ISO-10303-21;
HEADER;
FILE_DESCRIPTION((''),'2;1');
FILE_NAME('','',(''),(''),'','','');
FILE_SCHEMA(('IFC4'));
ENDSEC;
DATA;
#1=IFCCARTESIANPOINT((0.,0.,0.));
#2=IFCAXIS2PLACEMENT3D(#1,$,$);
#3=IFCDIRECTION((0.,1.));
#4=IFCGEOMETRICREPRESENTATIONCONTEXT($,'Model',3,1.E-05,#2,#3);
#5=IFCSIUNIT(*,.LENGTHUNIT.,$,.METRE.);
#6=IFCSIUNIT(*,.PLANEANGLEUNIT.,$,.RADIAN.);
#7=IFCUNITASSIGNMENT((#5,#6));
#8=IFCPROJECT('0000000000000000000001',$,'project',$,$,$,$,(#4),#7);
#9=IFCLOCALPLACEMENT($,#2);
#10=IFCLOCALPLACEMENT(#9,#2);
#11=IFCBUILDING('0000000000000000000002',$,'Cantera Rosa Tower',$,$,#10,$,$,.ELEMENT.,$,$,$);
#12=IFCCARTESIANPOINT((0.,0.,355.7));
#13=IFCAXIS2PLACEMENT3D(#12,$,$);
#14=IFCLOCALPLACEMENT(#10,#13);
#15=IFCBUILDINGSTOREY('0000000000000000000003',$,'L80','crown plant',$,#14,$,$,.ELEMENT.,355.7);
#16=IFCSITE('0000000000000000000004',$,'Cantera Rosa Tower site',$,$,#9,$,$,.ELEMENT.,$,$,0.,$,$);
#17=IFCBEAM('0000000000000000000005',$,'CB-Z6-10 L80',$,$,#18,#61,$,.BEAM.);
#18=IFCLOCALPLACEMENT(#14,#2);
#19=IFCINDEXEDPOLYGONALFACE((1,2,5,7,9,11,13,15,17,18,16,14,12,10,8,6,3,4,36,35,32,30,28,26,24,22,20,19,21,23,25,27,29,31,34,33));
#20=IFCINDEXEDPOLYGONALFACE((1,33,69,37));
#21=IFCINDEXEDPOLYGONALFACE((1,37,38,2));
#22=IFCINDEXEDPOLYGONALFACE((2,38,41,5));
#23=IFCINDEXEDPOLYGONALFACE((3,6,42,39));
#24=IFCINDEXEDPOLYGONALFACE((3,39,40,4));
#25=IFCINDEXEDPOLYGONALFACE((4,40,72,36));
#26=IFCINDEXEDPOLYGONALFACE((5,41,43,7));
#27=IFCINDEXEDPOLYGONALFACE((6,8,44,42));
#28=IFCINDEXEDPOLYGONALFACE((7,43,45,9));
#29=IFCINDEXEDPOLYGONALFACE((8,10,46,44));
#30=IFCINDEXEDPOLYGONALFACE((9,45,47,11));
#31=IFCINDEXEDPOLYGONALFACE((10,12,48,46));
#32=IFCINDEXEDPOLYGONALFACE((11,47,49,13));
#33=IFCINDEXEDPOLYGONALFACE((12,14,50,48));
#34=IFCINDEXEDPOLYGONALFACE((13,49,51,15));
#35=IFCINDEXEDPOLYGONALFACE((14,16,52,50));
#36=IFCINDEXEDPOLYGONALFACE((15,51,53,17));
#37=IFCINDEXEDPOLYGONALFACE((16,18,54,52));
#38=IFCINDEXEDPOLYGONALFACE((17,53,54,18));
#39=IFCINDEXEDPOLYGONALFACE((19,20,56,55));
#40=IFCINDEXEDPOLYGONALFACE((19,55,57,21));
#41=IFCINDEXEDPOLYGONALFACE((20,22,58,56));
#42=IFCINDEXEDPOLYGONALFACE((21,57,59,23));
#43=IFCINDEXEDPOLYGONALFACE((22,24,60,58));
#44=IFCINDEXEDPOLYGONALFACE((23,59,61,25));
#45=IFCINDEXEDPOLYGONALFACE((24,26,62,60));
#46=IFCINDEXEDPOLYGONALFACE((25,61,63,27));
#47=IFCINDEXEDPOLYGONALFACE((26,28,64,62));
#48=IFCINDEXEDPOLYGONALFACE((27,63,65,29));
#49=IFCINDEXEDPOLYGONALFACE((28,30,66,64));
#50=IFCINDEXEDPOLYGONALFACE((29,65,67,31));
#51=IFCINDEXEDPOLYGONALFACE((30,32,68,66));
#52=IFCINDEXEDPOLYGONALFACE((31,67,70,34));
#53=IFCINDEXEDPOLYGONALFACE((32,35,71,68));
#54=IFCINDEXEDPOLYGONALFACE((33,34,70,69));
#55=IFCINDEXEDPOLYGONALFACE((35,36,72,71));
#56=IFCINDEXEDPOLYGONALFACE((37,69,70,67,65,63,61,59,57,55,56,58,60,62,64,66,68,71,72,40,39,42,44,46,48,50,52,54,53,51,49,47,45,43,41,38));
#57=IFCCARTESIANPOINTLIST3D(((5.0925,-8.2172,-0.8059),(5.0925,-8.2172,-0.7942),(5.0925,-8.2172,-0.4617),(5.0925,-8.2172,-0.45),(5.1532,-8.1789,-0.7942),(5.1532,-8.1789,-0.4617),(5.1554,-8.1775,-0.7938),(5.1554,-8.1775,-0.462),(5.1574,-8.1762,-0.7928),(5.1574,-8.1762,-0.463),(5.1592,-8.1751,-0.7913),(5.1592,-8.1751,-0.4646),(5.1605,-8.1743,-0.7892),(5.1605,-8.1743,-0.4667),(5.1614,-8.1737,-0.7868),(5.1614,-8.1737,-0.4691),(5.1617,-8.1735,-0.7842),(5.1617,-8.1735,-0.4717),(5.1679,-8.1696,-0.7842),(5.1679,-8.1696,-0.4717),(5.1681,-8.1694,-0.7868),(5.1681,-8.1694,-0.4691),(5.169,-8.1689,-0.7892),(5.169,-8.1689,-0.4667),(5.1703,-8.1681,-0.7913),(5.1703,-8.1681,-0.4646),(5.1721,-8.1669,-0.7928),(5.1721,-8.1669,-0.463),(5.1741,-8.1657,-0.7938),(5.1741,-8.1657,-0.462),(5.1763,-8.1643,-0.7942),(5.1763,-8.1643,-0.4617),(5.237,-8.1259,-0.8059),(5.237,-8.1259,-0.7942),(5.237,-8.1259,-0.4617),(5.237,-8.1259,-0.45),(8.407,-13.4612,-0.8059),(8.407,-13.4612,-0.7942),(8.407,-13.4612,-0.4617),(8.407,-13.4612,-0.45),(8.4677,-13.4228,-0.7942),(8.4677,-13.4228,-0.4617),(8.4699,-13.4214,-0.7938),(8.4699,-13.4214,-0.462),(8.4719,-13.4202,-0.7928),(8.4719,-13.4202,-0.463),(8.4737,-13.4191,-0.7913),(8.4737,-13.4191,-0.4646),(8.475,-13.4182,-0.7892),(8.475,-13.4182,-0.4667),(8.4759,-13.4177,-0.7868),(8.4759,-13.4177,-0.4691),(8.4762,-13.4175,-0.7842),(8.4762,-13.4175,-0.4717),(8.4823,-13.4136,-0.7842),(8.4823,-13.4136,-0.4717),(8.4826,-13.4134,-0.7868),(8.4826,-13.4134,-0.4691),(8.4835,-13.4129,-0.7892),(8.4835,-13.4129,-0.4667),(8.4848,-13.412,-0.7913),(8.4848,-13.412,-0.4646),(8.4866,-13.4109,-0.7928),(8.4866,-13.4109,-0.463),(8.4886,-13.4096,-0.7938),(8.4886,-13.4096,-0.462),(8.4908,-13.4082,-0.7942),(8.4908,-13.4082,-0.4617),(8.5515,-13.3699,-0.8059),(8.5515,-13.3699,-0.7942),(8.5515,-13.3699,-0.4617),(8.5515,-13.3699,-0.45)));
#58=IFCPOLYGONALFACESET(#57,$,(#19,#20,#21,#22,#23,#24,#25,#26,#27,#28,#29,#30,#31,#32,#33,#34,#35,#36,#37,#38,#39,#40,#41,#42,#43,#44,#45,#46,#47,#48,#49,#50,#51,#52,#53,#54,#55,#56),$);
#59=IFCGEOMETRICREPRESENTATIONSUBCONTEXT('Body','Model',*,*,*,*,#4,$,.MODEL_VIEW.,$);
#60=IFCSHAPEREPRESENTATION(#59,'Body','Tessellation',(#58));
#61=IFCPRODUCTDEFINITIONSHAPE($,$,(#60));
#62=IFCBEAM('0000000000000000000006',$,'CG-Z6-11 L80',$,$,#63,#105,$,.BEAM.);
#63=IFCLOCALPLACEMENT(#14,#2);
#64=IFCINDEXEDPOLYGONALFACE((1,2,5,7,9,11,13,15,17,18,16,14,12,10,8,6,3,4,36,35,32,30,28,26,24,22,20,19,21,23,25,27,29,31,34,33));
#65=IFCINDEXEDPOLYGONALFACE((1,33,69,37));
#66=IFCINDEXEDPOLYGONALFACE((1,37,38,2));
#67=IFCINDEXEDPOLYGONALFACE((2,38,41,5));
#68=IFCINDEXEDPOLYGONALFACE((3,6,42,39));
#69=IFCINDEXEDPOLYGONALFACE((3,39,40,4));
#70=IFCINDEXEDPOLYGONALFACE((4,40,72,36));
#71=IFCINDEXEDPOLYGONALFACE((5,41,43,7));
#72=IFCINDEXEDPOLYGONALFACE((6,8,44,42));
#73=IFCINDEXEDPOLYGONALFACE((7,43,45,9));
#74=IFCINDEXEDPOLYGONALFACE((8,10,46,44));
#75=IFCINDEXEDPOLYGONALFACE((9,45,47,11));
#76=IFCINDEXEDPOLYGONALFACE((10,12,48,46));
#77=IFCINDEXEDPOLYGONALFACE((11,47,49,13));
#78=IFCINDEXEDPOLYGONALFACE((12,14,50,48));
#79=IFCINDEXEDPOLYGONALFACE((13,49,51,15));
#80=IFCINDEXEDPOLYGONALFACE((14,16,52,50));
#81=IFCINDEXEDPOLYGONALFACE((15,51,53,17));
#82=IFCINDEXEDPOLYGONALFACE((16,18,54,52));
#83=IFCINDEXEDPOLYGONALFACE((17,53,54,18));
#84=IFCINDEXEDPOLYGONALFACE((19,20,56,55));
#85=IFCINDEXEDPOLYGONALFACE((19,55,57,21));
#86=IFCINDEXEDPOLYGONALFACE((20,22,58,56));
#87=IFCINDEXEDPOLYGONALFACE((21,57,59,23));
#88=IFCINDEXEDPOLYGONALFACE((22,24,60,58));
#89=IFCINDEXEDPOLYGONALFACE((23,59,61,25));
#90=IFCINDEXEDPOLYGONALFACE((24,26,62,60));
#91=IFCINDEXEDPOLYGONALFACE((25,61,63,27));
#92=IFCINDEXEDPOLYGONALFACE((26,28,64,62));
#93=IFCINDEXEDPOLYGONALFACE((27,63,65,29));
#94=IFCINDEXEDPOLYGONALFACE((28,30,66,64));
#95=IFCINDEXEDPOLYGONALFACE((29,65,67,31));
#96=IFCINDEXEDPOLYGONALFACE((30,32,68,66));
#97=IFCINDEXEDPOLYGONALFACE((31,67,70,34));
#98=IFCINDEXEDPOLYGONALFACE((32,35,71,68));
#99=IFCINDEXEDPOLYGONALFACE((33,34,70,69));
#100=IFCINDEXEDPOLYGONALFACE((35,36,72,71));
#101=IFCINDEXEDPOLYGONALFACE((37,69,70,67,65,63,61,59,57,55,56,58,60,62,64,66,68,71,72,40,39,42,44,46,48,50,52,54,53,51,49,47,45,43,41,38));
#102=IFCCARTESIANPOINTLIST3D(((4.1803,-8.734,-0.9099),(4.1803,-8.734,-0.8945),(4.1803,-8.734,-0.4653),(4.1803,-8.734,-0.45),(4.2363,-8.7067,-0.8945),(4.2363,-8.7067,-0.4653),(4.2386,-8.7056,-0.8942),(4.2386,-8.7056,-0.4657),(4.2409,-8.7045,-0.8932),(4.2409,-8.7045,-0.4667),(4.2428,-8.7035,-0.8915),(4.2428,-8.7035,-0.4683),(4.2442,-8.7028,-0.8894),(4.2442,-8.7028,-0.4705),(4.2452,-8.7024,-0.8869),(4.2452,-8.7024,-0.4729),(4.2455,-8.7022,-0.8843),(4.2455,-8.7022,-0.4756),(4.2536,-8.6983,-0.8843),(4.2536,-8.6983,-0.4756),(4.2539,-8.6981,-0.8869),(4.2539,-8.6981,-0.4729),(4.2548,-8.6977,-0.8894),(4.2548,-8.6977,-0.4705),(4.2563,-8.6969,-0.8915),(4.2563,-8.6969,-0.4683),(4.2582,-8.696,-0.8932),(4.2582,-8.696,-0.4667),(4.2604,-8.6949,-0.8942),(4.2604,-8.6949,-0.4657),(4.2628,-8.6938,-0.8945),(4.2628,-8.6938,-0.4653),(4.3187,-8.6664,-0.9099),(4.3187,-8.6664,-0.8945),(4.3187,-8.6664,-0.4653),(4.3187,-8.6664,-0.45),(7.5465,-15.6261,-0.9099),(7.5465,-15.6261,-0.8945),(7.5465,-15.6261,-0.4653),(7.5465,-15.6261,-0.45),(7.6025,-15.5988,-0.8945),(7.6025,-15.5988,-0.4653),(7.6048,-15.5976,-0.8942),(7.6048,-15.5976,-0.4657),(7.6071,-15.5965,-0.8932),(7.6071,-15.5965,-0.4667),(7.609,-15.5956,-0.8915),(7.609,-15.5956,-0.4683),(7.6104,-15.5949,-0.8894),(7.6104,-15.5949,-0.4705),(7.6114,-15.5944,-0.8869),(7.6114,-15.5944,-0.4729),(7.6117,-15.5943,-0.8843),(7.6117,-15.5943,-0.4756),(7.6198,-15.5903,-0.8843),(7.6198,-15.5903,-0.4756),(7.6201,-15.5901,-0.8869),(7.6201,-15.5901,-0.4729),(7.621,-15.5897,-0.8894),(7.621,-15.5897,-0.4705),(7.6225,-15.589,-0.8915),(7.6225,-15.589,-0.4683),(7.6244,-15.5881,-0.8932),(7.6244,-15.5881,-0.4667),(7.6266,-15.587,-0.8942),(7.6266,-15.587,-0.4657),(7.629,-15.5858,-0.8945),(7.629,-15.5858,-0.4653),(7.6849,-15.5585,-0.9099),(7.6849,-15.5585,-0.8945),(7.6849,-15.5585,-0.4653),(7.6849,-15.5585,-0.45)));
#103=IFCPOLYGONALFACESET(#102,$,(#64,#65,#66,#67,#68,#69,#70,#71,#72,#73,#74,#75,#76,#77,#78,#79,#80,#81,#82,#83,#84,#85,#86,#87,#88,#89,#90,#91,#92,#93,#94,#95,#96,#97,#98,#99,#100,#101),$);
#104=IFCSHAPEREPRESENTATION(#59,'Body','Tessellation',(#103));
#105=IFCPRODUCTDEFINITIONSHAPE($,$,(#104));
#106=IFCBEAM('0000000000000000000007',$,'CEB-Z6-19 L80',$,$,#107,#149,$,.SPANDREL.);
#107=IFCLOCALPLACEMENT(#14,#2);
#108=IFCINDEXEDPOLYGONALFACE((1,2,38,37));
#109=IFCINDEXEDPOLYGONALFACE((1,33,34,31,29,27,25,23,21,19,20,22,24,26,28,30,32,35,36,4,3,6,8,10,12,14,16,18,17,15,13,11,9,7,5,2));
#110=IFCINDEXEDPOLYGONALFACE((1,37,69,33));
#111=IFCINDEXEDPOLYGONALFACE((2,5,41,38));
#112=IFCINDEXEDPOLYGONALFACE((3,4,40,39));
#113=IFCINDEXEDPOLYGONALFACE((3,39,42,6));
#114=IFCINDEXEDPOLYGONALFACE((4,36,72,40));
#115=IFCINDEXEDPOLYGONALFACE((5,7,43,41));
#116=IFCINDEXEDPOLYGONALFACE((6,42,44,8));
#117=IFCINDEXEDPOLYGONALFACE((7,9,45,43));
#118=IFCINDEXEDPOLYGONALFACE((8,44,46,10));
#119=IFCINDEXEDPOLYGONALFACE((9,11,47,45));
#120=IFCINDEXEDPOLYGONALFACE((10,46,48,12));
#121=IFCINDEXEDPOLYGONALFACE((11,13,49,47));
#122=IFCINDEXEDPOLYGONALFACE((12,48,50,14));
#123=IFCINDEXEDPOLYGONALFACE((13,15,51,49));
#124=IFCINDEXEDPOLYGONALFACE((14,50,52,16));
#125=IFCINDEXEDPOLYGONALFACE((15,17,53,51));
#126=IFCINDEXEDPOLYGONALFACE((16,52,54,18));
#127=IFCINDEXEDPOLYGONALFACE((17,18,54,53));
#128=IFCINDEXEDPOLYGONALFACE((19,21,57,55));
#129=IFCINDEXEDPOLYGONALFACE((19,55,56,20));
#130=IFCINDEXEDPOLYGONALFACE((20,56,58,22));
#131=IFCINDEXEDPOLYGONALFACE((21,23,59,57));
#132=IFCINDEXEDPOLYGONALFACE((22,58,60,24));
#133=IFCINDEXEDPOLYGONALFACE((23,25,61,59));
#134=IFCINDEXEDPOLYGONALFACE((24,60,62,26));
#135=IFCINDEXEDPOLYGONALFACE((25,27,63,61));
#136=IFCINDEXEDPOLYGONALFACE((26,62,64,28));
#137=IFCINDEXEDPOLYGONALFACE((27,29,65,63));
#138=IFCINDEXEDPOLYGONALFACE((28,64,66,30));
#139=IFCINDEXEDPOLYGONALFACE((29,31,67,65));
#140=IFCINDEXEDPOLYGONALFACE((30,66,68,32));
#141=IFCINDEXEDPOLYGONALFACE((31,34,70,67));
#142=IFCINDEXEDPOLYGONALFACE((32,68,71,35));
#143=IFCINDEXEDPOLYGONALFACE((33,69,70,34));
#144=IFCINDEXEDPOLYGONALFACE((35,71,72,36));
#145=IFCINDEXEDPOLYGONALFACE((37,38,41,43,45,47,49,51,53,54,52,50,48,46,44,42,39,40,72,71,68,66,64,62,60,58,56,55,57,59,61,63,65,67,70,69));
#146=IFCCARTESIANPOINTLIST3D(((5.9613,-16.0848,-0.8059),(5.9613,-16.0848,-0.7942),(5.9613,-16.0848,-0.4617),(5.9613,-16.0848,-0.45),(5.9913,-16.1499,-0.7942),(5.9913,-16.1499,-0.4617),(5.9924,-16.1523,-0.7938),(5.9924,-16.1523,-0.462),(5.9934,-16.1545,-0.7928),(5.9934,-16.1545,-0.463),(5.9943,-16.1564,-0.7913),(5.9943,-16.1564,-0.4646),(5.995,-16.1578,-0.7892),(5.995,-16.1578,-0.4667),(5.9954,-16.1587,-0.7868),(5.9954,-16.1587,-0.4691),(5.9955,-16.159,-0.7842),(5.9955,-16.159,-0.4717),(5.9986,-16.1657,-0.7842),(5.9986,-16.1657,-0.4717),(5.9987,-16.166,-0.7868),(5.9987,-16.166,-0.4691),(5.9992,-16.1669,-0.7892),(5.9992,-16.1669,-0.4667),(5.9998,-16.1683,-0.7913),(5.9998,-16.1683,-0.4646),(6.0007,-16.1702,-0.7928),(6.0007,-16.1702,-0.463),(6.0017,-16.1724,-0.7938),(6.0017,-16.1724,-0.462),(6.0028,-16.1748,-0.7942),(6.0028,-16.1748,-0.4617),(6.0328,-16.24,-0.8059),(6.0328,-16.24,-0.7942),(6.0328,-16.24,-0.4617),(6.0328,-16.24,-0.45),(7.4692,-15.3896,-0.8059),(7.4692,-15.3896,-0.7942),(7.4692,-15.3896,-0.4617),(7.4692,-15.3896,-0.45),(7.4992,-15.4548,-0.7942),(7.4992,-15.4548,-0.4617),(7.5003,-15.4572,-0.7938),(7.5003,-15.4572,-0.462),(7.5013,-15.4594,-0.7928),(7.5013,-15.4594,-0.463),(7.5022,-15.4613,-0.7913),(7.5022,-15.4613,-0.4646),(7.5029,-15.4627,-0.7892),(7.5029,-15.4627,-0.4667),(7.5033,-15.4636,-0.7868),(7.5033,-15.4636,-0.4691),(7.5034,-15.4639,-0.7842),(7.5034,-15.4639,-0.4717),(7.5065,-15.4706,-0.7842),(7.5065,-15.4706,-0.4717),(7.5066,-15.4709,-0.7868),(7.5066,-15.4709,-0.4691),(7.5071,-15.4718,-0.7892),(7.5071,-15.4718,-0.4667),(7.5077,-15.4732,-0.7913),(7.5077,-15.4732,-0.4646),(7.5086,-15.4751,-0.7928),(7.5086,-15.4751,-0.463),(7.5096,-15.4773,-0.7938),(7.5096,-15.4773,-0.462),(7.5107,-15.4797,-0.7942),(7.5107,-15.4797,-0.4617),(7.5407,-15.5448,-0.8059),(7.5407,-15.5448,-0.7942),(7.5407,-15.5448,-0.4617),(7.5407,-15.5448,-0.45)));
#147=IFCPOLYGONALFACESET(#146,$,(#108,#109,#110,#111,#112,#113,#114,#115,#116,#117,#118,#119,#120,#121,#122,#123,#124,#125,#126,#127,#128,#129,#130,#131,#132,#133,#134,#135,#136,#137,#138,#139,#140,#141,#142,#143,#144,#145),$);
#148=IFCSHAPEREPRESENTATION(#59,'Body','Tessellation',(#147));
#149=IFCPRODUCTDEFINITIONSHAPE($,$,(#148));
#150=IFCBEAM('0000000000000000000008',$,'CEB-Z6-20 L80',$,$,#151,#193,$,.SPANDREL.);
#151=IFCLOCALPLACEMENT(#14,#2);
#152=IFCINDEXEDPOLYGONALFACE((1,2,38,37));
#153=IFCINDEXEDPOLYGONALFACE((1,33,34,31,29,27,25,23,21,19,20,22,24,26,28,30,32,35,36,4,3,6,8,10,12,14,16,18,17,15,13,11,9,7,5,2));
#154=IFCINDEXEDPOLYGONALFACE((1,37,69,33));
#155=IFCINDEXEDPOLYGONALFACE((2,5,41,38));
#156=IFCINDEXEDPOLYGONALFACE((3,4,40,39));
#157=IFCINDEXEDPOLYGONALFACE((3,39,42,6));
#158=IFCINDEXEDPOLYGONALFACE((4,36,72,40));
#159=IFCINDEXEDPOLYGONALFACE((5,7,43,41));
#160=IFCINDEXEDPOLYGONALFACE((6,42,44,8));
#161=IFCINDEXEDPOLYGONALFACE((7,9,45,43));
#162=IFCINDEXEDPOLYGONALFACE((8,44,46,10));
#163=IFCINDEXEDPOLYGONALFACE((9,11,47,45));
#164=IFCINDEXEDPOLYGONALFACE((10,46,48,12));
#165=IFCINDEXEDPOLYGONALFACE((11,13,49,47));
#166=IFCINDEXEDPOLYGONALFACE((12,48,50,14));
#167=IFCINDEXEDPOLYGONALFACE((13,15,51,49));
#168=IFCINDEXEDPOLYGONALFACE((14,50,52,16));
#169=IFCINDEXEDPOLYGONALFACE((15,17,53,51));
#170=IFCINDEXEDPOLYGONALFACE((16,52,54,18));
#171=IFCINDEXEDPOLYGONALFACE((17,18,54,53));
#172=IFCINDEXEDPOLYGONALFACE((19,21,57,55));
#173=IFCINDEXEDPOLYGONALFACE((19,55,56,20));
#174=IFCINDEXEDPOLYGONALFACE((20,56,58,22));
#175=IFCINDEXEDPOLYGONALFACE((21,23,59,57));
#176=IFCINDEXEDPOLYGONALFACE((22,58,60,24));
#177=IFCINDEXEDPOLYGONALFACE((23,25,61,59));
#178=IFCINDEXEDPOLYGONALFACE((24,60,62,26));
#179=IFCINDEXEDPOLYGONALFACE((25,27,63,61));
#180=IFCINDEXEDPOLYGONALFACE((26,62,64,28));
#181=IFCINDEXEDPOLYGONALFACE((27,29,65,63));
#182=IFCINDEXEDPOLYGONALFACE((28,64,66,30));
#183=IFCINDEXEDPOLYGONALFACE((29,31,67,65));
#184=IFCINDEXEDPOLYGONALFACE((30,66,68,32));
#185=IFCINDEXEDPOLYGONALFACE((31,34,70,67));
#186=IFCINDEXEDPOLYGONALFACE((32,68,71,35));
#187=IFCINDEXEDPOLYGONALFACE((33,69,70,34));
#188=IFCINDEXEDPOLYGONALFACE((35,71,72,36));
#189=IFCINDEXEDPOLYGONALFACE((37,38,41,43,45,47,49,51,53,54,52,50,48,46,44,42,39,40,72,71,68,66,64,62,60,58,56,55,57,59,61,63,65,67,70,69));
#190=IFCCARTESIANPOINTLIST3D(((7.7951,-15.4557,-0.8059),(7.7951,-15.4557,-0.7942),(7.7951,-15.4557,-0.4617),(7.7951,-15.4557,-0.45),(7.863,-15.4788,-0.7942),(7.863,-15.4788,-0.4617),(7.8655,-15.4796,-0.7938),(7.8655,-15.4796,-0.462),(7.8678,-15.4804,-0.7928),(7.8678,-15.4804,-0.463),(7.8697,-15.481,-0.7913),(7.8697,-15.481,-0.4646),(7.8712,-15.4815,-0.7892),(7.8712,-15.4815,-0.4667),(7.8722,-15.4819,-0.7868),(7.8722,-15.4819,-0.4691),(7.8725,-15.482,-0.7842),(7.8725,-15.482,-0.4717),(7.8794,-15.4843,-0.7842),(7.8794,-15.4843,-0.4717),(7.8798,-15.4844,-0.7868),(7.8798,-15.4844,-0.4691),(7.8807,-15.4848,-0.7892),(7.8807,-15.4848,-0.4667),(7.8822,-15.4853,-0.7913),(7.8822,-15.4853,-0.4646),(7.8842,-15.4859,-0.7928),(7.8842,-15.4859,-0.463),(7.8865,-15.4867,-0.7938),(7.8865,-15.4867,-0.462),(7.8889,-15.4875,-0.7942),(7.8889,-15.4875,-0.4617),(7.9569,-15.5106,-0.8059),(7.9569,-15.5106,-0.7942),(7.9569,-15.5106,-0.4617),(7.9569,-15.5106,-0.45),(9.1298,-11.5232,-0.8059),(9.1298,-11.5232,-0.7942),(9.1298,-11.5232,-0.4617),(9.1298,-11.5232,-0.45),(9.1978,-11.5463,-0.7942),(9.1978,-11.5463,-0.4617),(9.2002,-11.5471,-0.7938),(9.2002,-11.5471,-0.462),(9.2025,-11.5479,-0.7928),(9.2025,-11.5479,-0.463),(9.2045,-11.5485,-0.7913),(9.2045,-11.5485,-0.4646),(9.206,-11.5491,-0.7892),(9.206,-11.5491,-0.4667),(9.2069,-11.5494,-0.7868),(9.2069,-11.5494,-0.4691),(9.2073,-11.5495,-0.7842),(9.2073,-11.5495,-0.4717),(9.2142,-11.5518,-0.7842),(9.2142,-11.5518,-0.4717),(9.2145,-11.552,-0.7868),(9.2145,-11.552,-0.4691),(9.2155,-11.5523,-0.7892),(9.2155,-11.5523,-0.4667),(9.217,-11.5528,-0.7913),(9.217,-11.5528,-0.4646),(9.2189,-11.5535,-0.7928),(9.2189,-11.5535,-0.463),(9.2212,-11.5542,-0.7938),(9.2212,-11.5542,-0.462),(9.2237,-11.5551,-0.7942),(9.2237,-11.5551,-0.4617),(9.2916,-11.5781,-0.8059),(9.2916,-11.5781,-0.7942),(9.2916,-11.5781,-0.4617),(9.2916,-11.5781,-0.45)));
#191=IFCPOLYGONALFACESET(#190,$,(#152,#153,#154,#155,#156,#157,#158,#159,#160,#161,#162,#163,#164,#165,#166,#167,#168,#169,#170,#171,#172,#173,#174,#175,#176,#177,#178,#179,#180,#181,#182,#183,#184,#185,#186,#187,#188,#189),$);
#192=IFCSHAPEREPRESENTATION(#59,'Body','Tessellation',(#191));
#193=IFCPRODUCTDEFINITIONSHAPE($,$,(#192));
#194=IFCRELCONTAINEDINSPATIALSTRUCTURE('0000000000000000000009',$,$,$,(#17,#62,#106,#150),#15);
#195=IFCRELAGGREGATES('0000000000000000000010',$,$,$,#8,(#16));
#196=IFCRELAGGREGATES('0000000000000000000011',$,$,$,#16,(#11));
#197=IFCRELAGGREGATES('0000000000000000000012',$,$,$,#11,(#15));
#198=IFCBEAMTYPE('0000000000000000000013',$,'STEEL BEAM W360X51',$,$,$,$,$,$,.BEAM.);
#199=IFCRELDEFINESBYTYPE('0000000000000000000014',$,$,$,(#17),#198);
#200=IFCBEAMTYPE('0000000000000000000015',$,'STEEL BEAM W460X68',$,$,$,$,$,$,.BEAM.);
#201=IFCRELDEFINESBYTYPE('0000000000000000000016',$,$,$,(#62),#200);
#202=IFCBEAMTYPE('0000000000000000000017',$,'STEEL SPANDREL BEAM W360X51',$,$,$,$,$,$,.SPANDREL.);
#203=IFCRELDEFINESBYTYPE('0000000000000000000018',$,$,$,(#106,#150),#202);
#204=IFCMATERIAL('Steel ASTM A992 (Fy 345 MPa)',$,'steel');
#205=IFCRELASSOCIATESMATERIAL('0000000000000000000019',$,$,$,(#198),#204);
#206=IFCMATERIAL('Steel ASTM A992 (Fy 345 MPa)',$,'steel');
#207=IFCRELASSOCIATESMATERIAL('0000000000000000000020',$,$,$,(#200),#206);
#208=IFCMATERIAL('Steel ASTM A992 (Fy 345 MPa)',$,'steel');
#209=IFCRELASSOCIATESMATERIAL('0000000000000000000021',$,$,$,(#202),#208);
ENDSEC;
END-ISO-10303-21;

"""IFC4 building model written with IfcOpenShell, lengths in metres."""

from ifc_helpers import new_model, si_unit, direction, frame, origin, origin_2d, place, context, subcontext, project, spatial, i_section, extrude, material, material_profile, profile_set, type_object, element, save


model = new_model("IFC4")

# Units and contexts
model_context = context("Model", 3, precision=1e-05, world=origin(), true_north=direction((0.0, 1.0)))
body_context = subcontext(model_context, "Body", "Model", "MODEL_VIEW")
ifc_project = project(units=[si_unit("LENGTHUNIT", "METRE"), si_unit("PLANEANGLEUNIT", "RADIAN")], contexts=[model_context])

# Site, building, storey
site_placement = place(None, origin())
site = spatial("IfcSite", under=ifc_project, at=site_placement, Name="Cantera Rosa Tower site", CompositionType="ELEMENT", RefElevation=0.0)
building_placement = place(site_placement, origin())
building = spatial("IfcBuilding", under=site, at=building_placement, Name="Cantera Rosa Tower", CompositionType="ELEMENT")
storey_placement = place(building_placement, frame((0.0, 0.0, 355.7)))
storey = spatial("IfcBuildingStorey", under=building, at=storey_placement, Name="L80", Description="crown plant", CompositionType="ELEMENT", Elevation=355.7)

# Beams
ifc_material_1 = material(Name="Steel ASTM A992 (Fy 345 MPa)", Category="steel")
ifc_material_profile_1 = material_profile(ifc_material_1, i_section(OverallWidth=0.1709, OverallDepth=0.356, WebThickness=0.0073, FlangeThickness=0.0117, FilletRadius=0.01, at=origin_2d()), Name="W360X51")
ifc_profile_set_1 = profile_set([ifc_material_profile_1], Name="Steel ASTM A992 (Fy 345 MPa)")
beam_type_1 = type_object("IfcBeamType", Name="STEEL BEAM W360X51", PredefinedType="BEAM", material=ifc_profile_set_1)
beam_1_placement = place(storey_placement, frame((8.4792, -13.4155, -0.6279), z_axis=(-0.534283, 0.845306, 0.0), x_axis=(-0.845306, -0.534283, 0.0)))
element("IfcBeam", 1, at=beam_1_placement, inside=storey, type_object=beam_type_1, Name="CB-Z6-10 L80", PredefinedType="BEAM", context=body_context, shape_type="SweptSolid", body=[
    extrude(i_section(OverallWidth=0.1709, OverallDepth=0.356, WebThickness=0.0073, FlangeThickness=0.0117, FilletRadius=0.01, at=origin_2d()), origin(), (0.0, 0.0, 1.0), 6.2036),
])
ifc_material_2 = material(Name="Steel ASTM A992 (Fy 345 MPa)", Category="steel")
ifc_material_profile_2 = material_profile(ifc_material_2, i_section(OverallWidth=0.1541, OverallDepth=0.46, WebThickness=0.009, FlangeThickness=0.0154, FilletRadius=0.0103, at=origin_2d()), Name="W460X68")
ifc_profile_set_2 = profile_set([ifc_material_profile_2], Name="Steel ASTM A992 (Fy 345 MPa)")
beam_type_2 = type_object("IfcBeamType", Name="STEEL BEAM W460X68", PredefinedType="BEAM", material=ifc_profile_set_2)
beam_2_placement = place(storey_placement, frame((7.6157, -15.5923, -0.6799), z_axis=(-0.438868, 0.898552, 0.0), x_axis=(-0.898552, -0.438868, 0.0)))
element("IfcBeam", 2, at=beam_2_placement, inside=storey, type_object=beam_type_2, Name="CG-Z6-11 L80", PredefinedType="BEAM", context=body_context, shape_type="SweptSolid", body=[
    extrude(i_section(OverallWidth=0.1541, OverallDepth=0.46, WebThickness=0.009, FlangeThickness=0.0154, FilletRadius=0.0103, at=origin_2d()), origin(), (0.0, 0.0, 1.0), 7.6702),
])
ifc_material_3 = material(Name="Steel ASTM A992 (Fy 345 MPa)", Category="steel")
ifc_material_profile_3 = material_profile(ifc_material_3, i_section(OverallWidth=0.1709, OverallDepth=0.356, WebThickness=0.0073, FlangeThickness=0.0117, FilletRadius=0.01, at=origin_2d()), Name="W360X51")
ifc_profile_set_3 = profile_set([ifc_material_profile_3], Name="Steel ASTM A992 (Fy 345 MPa)")
beam_type_3 = type_object("IfcBeamType", Name="STEEL SPANDREL BEAM W360X51", PredefinedType="SPANDREL", material=ifc_profile_set_3)
beam_3_placement = place(storey_placement, frame((5.9971, -16.1624, -0.6279), z_axis=(0.908153, 0.418639, 0.0), x_axis=(-0.418639, 0.908153, 0.0)))
element("IfcBeam", 3, at=beam_3_placement, inside=storey, type_object=beam_type_3, Name="CEB-Z6-19 L80", PredefinedType="SPANDREL", context=body_context, shape_type="SweptSolid", body=[
    extrude(i_section(OverallWidth=0.1709, OverallDepth=0.356, WebThickness=0.0073, FlangeThickness=0.0117, FilletRadius=0.01, at=origin_2d()), origin(), (0.0, 0.0, 1.0), 1.6604),
])
beam_4_placement = place(storey_placement, frame((7.876, -15.4832, -0.6279), z_axis=(0.321408, 0.946941, 0.0), x_axis=(-0.946941, 0.321408, 0.0)))
element("IfcBeam", 4, at=beam_4_placement, inside=storey, type_object=beam_type_3, Name="CEB-Z6-20 L80", PredefinedType="SPANDREL", context=body_context, shape_type="SweptSolid", body=[
    extrude(i_section(OverallWidth=0.1709, OverallDepth=0.356, WebThickness=0.0073, FlangeThickness=0.0117, FilletRadius=0.01, at=origin_2d()), origin(), (0.0, 0.0, 1.0), 4.1528),
])

save(model, "model.ifc")
